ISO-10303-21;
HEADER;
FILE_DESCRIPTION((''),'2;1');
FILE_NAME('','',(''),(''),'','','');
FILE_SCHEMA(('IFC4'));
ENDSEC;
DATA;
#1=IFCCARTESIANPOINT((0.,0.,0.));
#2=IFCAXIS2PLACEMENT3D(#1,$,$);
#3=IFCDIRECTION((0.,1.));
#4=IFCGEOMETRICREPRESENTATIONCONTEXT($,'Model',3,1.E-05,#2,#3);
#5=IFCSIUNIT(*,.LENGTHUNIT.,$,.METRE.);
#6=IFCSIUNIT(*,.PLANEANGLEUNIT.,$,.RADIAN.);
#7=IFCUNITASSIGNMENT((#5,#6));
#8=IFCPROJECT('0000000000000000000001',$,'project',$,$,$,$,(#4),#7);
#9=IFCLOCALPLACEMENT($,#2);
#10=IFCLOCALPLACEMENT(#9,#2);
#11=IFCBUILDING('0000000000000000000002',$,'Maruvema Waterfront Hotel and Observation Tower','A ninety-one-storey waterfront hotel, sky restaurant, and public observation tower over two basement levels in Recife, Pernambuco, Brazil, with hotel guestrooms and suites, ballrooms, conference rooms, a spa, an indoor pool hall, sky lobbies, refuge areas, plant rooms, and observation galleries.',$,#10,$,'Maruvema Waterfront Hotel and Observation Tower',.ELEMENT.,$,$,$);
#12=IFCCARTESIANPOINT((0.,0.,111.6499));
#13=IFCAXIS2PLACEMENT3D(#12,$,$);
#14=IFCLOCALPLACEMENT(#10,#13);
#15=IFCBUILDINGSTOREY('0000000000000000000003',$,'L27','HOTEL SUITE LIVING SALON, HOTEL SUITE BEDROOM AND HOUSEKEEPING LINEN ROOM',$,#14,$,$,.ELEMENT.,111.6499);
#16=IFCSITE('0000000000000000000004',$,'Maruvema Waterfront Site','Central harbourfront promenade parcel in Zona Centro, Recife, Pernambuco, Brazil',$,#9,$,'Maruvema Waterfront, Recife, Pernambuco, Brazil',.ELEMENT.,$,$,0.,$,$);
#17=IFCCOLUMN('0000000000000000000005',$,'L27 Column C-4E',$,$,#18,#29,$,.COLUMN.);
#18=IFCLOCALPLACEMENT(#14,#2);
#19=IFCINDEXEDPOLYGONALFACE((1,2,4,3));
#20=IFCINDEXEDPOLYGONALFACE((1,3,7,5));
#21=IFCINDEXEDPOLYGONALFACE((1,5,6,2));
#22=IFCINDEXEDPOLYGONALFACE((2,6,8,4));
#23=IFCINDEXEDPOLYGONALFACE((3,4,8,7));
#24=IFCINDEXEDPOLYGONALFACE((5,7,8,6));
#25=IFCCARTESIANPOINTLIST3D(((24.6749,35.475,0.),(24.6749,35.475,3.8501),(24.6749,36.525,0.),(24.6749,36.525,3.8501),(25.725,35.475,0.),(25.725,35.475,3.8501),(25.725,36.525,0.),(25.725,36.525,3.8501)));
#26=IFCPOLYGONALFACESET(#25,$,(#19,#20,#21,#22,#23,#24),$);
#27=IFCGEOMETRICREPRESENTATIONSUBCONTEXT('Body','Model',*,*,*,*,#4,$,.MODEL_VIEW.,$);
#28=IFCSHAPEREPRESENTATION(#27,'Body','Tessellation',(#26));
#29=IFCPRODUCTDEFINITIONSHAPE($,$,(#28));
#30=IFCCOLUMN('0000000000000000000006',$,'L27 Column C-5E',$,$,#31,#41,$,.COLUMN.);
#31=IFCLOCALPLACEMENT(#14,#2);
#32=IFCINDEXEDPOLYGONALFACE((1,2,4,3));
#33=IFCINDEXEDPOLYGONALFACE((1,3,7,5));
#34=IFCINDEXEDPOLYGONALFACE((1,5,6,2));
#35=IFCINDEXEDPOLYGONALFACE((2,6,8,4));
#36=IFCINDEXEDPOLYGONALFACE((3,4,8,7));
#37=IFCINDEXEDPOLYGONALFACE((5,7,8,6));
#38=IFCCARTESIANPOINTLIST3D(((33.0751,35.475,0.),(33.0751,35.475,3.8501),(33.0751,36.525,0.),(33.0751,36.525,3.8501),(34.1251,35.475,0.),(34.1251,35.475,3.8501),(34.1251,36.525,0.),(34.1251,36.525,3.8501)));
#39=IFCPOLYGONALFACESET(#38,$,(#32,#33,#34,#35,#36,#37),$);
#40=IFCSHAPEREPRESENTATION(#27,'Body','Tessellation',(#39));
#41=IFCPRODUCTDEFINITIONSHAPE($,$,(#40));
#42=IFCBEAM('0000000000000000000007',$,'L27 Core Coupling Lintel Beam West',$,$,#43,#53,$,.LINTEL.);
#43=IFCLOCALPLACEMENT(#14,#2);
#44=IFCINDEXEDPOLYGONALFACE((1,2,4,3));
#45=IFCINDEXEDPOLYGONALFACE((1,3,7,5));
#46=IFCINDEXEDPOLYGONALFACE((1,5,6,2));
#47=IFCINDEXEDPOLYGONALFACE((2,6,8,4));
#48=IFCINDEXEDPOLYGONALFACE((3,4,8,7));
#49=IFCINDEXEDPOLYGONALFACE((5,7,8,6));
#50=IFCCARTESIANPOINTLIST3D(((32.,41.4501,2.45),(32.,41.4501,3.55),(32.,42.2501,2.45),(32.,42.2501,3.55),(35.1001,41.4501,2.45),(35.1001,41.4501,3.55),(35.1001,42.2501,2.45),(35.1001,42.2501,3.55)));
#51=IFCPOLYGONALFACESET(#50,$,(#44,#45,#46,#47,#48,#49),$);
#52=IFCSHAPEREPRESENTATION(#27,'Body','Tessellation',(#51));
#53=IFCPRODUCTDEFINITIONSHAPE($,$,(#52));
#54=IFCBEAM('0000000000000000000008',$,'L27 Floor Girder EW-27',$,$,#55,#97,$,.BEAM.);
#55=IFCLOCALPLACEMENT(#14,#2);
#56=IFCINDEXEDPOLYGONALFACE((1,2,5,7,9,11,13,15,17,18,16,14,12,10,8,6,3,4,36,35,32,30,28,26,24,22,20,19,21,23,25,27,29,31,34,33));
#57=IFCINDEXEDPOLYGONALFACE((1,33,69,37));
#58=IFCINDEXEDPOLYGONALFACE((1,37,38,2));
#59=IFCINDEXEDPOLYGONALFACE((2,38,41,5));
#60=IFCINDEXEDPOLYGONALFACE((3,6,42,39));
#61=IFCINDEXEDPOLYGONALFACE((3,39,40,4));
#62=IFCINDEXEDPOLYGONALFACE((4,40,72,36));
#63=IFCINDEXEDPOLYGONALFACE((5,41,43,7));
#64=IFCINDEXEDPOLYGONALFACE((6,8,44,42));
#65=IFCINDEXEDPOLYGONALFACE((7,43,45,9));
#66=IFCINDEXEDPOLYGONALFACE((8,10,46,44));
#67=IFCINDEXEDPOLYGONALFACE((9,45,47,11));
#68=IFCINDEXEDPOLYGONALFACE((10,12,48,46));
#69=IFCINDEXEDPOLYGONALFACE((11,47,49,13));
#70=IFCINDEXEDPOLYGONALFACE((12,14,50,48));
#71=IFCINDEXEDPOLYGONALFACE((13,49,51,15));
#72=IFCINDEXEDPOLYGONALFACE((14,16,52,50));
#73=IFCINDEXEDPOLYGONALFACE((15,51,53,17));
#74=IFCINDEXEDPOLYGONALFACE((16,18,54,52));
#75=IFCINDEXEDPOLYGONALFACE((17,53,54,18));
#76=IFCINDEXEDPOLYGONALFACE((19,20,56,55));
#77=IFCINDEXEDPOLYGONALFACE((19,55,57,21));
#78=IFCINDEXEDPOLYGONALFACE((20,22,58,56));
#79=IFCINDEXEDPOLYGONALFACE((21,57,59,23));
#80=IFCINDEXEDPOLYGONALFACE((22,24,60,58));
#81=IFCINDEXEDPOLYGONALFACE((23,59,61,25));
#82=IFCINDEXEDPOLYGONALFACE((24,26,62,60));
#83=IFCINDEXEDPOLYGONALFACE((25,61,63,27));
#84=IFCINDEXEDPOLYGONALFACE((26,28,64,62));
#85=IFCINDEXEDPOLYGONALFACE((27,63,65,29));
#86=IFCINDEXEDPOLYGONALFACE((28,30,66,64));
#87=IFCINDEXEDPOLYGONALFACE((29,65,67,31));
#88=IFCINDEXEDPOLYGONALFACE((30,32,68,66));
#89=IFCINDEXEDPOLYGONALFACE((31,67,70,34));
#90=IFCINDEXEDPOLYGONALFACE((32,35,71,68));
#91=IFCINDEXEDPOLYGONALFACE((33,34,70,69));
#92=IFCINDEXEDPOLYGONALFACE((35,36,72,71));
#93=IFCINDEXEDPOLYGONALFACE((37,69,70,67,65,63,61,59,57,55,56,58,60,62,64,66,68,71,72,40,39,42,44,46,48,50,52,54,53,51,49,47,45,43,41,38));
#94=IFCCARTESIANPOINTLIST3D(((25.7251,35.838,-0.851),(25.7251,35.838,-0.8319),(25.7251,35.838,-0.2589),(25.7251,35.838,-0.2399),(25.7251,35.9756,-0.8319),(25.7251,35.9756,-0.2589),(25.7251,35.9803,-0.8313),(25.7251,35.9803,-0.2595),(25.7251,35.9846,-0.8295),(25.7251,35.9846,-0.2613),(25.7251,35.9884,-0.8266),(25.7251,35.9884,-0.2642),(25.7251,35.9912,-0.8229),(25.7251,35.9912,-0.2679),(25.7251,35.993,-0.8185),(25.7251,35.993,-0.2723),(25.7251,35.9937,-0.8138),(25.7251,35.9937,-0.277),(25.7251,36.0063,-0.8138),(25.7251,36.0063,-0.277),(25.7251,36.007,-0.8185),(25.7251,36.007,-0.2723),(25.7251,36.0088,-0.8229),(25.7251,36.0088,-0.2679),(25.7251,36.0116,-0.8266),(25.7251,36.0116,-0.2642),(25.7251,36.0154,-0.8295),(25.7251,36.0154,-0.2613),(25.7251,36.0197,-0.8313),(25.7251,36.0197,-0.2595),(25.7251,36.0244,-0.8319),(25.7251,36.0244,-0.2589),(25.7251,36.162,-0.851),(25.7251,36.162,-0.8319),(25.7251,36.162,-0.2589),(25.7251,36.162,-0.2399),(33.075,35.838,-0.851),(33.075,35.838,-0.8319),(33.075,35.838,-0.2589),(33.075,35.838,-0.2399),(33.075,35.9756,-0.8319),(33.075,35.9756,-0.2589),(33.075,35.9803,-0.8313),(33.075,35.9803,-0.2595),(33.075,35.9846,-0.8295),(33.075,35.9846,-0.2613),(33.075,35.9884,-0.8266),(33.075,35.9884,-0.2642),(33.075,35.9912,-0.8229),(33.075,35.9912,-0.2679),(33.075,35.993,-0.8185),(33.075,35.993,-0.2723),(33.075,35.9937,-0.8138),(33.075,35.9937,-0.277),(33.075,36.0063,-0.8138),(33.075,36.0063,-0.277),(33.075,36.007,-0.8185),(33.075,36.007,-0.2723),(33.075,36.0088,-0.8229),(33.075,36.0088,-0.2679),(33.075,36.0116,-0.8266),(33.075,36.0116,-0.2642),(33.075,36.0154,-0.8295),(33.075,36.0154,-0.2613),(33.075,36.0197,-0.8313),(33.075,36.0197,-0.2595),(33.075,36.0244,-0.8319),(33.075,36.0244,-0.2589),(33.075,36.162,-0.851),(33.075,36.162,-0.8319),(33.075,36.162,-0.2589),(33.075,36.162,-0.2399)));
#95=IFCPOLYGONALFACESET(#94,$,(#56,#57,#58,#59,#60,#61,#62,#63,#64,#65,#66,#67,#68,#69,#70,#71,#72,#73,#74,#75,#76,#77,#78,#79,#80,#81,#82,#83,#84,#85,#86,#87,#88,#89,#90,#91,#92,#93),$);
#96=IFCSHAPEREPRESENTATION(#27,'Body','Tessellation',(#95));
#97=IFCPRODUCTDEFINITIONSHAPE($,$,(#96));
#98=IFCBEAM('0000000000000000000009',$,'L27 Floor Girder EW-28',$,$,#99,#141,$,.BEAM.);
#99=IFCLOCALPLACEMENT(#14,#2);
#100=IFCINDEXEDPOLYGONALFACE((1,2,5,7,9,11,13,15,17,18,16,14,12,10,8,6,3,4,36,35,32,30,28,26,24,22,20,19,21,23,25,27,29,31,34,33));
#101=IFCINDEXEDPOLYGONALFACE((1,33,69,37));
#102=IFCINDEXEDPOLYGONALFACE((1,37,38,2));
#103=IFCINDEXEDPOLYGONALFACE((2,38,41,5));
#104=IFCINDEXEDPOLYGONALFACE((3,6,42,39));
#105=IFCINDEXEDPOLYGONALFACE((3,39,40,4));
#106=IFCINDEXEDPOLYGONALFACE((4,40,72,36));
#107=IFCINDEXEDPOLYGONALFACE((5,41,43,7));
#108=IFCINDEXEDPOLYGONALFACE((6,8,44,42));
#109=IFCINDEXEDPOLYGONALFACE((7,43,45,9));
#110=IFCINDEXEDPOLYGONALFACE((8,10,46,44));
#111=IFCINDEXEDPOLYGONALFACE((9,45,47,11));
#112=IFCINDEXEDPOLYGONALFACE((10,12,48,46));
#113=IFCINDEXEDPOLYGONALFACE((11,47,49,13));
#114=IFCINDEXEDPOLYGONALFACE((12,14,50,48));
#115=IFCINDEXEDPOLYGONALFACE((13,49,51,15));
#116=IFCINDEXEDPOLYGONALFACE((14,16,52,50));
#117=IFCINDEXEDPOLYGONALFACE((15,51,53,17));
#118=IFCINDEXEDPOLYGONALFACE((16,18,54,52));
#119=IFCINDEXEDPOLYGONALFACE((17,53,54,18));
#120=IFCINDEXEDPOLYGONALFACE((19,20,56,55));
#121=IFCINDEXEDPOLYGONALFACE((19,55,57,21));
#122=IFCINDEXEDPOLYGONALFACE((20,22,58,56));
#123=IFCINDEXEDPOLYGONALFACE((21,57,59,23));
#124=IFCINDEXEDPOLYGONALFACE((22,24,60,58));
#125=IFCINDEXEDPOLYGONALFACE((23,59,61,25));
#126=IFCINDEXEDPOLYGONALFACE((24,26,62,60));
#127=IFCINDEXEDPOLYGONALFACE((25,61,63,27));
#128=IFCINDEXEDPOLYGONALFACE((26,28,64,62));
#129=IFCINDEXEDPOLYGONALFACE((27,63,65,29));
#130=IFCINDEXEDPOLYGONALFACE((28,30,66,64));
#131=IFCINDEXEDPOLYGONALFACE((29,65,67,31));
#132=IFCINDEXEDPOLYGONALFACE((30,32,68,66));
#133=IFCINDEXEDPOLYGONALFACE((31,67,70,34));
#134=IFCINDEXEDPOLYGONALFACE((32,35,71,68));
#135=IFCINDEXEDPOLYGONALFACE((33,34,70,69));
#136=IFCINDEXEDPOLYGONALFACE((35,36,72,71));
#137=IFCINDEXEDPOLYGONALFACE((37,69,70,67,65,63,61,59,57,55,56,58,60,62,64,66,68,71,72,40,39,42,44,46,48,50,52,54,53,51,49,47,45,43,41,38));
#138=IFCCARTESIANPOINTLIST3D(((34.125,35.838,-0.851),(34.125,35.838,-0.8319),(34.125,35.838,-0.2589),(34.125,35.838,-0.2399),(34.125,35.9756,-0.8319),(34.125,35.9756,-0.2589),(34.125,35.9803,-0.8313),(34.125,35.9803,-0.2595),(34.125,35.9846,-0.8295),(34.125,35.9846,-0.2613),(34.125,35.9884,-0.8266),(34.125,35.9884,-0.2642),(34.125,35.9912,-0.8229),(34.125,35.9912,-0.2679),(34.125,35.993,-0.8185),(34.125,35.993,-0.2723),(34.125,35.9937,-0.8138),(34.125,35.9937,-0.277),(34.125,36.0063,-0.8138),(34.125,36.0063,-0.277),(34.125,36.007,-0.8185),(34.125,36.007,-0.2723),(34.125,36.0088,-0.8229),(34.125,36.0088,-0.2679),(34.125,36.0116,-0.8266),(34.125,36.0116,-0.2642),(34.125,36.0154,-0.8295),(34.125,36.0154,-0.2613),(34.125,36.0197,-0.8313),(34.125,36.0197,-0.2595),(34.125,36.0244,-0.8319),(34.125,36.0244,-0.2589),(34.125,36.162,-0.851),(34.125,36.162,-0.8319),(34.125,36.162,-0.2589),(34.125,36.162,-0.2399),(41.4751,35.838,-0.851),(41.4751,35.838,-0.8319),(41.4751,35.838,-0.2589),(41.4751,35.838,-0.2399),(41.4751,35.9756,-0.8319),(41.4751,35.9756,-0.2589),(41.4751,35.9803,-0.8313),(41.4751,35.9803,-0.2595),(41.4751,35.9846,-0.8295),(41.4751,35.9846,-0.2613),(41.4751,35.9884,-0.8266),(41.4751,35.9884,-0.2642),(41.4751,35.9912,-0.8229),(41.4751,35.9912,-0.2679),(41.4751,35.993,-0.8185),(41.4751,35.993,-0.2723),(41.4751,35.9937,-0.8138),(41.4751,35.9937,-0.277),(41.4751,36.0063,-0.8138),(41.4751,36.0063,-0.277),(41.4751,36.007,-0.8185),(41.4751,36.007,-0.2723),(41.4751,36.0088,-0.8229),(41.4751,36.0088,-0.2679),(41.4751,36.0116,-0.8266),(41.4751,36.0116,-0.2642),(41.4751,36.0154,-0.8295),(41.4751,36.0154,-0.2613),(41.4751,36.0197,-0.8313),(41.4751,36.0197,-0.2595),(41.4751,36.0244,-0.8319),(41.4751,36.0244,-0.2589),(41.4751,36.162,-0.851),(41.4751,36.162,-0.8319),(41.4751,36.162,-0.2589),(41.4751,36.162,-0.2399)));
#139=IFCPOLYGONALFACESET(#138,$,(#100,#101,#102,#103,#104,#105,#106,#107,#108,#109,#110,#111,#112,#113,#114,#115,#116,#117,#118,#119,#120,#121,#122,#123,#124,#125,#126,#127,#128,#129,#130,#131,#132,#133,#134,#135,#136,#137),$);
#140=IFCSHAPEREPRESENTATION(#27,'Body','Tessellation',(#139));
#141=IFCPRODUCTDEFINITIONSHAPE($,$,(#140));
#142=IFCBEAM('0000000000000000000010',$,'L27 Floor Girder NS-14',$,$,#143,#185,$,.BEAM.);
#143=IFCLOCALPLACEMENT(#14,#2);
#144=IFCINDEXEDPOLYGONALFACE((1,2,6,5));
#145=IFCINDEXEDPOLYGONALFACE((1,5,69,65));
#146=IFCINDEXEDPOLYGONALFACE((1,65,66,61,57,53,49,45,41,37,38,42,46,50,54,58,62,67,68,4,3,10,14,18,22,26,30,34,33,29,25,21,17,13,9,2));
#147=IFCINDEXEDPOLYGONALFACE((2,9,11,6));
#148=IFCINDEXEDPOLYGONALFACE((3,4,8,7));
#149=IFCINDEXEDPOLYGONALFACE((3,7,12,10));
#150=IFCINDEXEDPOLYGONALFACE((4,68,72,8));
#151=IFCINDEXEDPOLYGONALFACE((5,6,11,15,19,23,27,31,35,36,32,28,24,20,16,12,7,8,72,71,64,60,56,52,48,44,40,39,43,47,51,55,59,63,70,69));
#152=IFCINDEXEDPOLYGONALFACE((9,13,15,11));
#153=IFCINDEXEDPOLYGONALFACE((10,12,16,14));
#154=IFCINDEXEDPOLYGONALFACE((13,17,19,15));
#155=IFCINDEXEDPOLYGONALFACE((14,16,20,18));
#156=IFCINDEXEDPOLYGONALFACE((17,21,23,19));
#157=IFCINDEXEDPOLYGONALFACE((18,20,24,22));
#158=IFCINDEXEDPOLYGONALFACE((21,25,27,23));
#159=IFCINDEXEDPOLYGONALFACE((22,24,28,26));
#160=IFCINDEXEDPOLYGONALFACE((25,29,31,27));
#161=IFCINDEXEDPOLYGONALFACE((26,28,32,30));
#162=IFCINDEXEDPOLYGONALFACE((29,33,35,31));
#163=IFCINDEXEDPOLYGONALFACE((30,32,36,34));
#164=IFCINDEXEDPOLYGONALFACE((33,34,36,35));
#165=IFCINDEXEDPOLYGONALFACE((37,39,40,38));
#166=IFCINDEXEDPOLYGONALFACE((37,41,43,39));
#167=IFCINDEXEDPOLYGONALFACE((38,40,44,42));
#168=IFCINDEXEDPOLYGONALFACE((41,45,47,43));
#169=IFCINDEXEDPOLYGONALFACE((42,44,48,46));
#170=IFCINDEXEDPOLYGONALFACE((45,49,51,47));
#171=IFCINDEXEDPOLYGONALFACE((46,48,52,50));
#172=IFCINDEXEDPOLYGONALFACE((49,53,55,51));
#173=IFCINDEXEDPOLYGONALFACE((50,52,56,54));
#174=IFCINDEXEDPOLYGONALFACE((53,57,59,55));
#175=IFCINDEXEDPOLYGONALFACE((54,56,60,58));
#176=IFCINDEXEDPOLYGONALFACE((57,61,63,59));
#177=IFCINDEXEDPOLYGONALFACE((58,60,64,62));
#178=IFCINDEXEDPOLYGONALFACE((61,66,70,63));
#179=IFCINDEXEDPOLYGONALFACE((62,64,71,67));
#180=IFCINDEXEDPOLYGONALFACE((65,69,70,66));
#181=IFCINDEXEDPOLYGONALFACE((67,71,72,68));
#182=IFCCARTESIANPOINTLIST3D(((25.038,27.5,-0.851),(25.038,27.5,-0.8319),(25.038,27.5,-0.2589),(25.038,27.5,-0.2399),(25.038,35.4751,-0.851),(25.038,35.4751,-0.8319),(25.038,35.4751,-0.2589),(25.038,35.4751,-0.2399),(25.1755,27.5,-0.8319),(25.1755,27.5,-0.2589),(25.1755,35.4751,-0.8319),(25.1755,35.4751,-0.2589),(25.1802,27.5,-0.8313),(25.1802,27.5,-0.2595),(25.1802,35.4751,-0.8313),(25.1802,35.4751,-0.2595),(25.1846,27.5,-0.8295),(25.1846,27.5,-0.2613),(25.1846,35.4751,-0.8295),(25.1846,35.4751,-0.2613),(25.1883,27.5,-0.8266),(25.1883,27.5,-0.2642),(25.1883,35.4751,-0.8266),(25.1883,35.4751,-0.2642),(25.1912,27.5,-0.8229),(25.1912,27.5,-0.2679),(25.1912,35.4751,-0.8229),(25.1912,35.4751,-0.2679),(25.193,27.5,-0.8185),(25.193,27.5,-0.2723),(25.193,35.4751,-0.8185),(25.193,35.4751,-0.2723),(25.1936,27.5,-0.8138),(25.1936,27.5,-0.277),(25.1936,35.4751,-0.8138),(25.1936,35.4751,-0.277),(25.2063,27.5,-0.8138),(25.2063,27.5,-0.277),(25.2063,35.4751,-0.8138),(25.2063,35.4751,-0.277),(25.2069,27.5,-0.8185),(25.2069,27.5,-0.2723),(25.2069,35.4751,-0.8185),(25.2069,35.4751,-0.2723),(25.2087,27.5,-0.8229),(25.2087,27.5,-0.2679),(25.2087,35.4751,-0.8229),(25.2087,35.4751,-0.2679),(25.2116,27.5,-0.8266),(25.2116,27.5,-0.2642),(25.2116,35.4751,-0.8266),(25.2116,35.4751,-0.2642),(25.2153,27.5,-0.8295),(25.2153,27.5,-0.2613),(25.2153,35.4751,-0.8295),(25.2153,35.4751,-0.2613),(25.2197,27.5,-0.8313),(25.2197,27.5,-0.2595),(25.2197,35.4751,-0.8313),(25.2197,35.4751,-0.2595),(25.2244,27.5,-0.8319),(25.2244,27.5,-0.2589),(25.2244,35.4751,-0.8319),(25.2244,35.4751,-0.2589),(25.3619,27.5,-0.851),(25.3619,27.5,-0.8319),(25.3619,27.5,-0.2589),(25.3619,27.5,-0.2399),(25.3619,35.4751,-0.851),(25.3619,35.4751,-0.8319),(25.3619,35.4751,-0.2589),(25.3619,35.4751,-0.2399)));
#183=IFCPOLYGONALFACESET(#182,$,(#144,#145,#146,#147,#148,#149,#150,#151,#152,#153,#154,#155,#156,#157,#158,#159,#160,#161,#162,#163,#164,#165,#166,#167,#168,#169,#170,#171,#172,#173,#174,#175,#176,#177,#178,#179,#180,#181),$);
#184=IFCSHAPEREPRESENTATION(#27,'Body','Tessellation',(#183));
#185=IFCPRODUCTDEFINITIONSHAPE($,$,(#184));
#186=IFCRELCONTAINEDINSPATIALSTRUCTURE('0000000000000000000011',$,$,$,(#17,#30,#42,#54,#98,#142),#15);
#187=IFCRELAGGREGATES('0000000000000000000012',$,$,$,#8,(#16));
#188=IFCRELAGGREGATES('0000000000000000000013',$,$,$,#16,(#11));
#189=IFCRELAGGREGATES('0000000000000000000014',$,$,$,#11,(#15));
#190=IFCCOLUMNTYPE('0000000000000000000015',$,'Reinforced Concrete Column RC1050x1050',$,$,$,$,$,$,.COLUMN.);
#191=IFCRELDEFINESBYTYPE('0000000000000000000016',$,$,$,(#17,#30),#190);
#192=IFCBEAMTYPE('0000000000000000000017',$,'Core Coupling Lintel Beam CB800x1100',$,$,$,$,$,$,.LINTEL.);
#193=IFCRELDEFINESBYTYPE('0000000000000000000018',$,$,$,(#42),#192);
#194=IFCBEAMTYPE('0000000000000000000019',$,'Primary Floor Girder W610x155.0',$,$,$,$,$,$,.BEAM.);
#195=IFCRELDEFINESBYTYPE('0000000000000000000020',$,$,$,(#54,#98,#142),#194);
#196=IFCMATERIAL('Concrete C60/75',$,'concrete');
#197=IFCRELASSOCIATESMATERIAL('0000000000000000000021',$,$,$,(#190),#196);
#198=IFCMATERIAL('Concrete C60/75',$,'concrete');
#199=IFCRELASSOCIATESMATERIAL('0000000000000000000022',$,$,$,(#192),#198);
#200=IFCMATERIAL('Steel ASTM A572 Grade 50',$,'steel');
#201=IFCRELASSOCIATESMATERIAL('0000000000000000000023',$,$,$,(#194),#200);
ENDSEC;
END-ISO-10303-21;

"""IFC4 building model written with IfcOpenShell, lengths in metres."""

from ifc_helpers import new_model, si_unit, direction, frame, origin, origin_2d, place, context, subcontext, project, spatial, rectangle, i_section, extrude, material, material_profile, profile_set, type_object, element, save


model = new_model("IFC4")

# Units and contexts
model_context = context("Model", 3, precision=1e-05, world=origin(), true_north=direction((0.0, 1.0)))
body_context = subcontext(model_context, "Body", "Model", "MODEL_VIEW")
ifc_project = project(units=[si_unit("LENGTHUNIT", "METRE"), si_unit("PLANEANGLEUNIT", "RADIAN")], contexts=[model_context])

# Site, building, storey
site_placement = place(None, origin())
site = spatial("IfcSite", under=ifc_project, at=site_placement, Name="Maruvema Waterfront Site", Description="Central harbourfront promenade parcel in Zona Centro, Recife, Pernambuco, Brazil", LongName="Maruvema Waterfront, Recife, Pernambuco, Brazil", CompositionType="ELEMENT", RefElevation=0.0)
building_placement = place(site_placement, origin())
building = spatial("IfcBuilding", under=site, at=building_placement, Name="Maruvema Waterfront Hotel and Observation Tower", Description="A ninety-one-storey waterfront hotel, sky restaurant, and public observation tower over two basement levels in Recife, Pernambuco, Brazil, with hotel guestrooms and suites, ballrooms, conference rooms, a spa, an indoor pool hall, sky lobbies, refuge areas, plant rooms, and observation galleries.", LongName="Maruvema Waterfront Hotel and Observation Tower", CompositionType="ELEMENT")
storey_placement = place(building_placement, frame((0.0, 0.0, 111.6499)))
storey = spatial("IfcBuildingStorey", under=building, at=storey_placement, Name="L27", Description="HOTEL SUITE LIVING SALON, HOTEL SUITE BEDROOM AND HOUSEKEEPING LINEN ROOM", CompositionType="ELEMENT", Elevation=111.6499)

# Columns
ifc_material_1 = material(Name="Concrete C60/75", Category="concrete")
ifc_material_profile_1 = material_profile(ifc_material_1, rectangle(XDim=1.05, YDim=1.05, at=origin_2d()), Name="RC1050x1050")
ifc_profile_set_1 = profile_set([ifc_material_profile_1], Name="Concrete C60/75")
column_type = type_object("IfcColumnType", Name="Reinforced Concrete Column RC1050x1050", PredefinedType="COLUMN", material=ifc_profile_set_1)
for number, where, z_axis, x_axis, name in (
    (1, (25.2, 36.0, 0.0), (0.0, 0.0, 1.0), (1.0, 0.0, 0.0), "L27 Column C-4E"),
    (2, (33.6001, 36.0, 0.0), (0.0, 0.0, 1.0), (1.0, 0.0, 0.0), "L27 Column C-5E"),
):
    element("IfcColumn", number, at=place(storey_placement, frame(where, z_axis=z_axis, x_axis=x_axis)), inside=storey, type_object=column_type, Name=name, PredefinedType="COLUMN", context=body_context, shape_type="SweptSolid", body=[
        extrude(rectangle(XDim=1.05, YDim=1.05, at=origin_2d()), origin(), (0.0, 0.0, 1.0), 3.8501),
    ])

# Beams
ifc_material_2 = material(Name="Concrete C60/75", Category="concrete")
ifc_material_profile_2 = material_profile(ifc_material_2, rectangle(XDim=0.8, YDim=1.1001, at=origin_2d()), Name="CB800x1100")
ifc_profile_set_2 = profile_set([ifc_material_profile_2], Name="Concrete C60/75")
beam_type_1 = type_object("IfcBeamType", Name="Core Coupling Lintel Beam CB800x1100", PredefinedType="LINTEL", material=ifc_profile_set_2)
beam_1_placement = place(storey_placement, frame((32.0, 41.8501, 3.0), z_axis=(1.0, 0.0, 0.0), x_axis=(0.0, 1.0, 0.0)))
element("IfcBeam", 3, at=beam_1_placement, inside=storey, type_object=beam_type_1, Name="L27 Core Coupling Lintel Beam West", PredefinedType="LINTEL", context=body_context, shape_type="SweptSolid", body=[
    extrude(rectangle(XDim=0.8, YDim=1.1001, at=origin_2d()), origin(), (0.0, 0.0, 1.0), 3.1001),
])
ifc_material_3 = material(Name="Steel ASTM A572 Grade 50", Category="steel")
ifc_material_profile_3 = material_profile(ifc_material_3, i_section(OverallWidth=0.324, OverallDepth=0.6111, WebThickness=0.0127, FlangeThickness=0.019, FilletRadius=0.0181, at=origin_2d()), Name="W610x155.0")
ifc_profile_set_3 = profile_set([ifc_material_profile_3], Name="Steel ASTM A572 Grade 50")
beam_type_2 = type_object("IfcBeamType", Name="Primary Floor Girder W610x155.0", PredefinedType="BEAM", material=ifc_profile_set_3)
beam_2_placement = place(storey_placement, frame((25.7251, 36.0, -0.5454), z_axis=(1.0, 0.0, 0.0), x_axis=(0.0, 1.0, 0.0)))
element("IfcBeam", 4, at=beam_2_placement, inside=storey, type_object=beam_type_2, Name="L27 Floor Girder EW-27", PredefinedType="BEAM", context=body_context, shape_type="SweptSolid", body=[
    extrude(i_section(OverallWidth=0.324, OverallDepth=0.6111, WebThickness=0.0127, FlangeThickness=0.019, FilletRadius=0.0181, at=origin_2d()), origin(), (0.0, 0.0, 1.0), 7.3499),
])
beam_3_placement = place(storey_placement, frame((34.125, 36.0, -0.5454), z_axis=(1.0, 0.0, 0.0), x_axis=(0.0, 1.0, 0.0)))
element("IfcBeam", 5, at=beam_3_placement, inside=storey, type_object=beam_type_2, Name="L27 Floor Girder EW-28", PredefinedType="BEAM", context=body_context, shape_type="SweptSolid", body=[
    extrude(i_section(OverallWidth=0.324, OverallDepth=0.6111, WebThickness=0.0127, FlangeThickness=0.019, FilletRadius=0.0181, at=origin_2d()), origin(), (0.0, 0.0, 1.0), 7.3501),
])
for number, where, z_axis, x_axis, name in (
    (6, (25.2, 27.5, -0.5454), (0.0, 1.0, 0.0), (-1.0, 0.0, 0.0), "L27 Floor Girder NS-14"),
):
    element("IfcBeam", number, at=place(storey_placement, frame(where, z_axis=z_axis, x_axis=x_axis)), inside=storey, type_object=beam_type_2, Name=name, PredefinedType="BEAM", context=body_context, shape_type="SweptSolid", body=[
        extrude(i_section(OverallWidth=0.324, OverallDepth=0.6111, WebThickness=0.0127, FlangeThickness=0.019, FilletRadius=0.0181, at=origin_2d()), origin(), (0.0, 0.0, 1.0), 7.9751),
    ])

save(model, "model.ifc")
